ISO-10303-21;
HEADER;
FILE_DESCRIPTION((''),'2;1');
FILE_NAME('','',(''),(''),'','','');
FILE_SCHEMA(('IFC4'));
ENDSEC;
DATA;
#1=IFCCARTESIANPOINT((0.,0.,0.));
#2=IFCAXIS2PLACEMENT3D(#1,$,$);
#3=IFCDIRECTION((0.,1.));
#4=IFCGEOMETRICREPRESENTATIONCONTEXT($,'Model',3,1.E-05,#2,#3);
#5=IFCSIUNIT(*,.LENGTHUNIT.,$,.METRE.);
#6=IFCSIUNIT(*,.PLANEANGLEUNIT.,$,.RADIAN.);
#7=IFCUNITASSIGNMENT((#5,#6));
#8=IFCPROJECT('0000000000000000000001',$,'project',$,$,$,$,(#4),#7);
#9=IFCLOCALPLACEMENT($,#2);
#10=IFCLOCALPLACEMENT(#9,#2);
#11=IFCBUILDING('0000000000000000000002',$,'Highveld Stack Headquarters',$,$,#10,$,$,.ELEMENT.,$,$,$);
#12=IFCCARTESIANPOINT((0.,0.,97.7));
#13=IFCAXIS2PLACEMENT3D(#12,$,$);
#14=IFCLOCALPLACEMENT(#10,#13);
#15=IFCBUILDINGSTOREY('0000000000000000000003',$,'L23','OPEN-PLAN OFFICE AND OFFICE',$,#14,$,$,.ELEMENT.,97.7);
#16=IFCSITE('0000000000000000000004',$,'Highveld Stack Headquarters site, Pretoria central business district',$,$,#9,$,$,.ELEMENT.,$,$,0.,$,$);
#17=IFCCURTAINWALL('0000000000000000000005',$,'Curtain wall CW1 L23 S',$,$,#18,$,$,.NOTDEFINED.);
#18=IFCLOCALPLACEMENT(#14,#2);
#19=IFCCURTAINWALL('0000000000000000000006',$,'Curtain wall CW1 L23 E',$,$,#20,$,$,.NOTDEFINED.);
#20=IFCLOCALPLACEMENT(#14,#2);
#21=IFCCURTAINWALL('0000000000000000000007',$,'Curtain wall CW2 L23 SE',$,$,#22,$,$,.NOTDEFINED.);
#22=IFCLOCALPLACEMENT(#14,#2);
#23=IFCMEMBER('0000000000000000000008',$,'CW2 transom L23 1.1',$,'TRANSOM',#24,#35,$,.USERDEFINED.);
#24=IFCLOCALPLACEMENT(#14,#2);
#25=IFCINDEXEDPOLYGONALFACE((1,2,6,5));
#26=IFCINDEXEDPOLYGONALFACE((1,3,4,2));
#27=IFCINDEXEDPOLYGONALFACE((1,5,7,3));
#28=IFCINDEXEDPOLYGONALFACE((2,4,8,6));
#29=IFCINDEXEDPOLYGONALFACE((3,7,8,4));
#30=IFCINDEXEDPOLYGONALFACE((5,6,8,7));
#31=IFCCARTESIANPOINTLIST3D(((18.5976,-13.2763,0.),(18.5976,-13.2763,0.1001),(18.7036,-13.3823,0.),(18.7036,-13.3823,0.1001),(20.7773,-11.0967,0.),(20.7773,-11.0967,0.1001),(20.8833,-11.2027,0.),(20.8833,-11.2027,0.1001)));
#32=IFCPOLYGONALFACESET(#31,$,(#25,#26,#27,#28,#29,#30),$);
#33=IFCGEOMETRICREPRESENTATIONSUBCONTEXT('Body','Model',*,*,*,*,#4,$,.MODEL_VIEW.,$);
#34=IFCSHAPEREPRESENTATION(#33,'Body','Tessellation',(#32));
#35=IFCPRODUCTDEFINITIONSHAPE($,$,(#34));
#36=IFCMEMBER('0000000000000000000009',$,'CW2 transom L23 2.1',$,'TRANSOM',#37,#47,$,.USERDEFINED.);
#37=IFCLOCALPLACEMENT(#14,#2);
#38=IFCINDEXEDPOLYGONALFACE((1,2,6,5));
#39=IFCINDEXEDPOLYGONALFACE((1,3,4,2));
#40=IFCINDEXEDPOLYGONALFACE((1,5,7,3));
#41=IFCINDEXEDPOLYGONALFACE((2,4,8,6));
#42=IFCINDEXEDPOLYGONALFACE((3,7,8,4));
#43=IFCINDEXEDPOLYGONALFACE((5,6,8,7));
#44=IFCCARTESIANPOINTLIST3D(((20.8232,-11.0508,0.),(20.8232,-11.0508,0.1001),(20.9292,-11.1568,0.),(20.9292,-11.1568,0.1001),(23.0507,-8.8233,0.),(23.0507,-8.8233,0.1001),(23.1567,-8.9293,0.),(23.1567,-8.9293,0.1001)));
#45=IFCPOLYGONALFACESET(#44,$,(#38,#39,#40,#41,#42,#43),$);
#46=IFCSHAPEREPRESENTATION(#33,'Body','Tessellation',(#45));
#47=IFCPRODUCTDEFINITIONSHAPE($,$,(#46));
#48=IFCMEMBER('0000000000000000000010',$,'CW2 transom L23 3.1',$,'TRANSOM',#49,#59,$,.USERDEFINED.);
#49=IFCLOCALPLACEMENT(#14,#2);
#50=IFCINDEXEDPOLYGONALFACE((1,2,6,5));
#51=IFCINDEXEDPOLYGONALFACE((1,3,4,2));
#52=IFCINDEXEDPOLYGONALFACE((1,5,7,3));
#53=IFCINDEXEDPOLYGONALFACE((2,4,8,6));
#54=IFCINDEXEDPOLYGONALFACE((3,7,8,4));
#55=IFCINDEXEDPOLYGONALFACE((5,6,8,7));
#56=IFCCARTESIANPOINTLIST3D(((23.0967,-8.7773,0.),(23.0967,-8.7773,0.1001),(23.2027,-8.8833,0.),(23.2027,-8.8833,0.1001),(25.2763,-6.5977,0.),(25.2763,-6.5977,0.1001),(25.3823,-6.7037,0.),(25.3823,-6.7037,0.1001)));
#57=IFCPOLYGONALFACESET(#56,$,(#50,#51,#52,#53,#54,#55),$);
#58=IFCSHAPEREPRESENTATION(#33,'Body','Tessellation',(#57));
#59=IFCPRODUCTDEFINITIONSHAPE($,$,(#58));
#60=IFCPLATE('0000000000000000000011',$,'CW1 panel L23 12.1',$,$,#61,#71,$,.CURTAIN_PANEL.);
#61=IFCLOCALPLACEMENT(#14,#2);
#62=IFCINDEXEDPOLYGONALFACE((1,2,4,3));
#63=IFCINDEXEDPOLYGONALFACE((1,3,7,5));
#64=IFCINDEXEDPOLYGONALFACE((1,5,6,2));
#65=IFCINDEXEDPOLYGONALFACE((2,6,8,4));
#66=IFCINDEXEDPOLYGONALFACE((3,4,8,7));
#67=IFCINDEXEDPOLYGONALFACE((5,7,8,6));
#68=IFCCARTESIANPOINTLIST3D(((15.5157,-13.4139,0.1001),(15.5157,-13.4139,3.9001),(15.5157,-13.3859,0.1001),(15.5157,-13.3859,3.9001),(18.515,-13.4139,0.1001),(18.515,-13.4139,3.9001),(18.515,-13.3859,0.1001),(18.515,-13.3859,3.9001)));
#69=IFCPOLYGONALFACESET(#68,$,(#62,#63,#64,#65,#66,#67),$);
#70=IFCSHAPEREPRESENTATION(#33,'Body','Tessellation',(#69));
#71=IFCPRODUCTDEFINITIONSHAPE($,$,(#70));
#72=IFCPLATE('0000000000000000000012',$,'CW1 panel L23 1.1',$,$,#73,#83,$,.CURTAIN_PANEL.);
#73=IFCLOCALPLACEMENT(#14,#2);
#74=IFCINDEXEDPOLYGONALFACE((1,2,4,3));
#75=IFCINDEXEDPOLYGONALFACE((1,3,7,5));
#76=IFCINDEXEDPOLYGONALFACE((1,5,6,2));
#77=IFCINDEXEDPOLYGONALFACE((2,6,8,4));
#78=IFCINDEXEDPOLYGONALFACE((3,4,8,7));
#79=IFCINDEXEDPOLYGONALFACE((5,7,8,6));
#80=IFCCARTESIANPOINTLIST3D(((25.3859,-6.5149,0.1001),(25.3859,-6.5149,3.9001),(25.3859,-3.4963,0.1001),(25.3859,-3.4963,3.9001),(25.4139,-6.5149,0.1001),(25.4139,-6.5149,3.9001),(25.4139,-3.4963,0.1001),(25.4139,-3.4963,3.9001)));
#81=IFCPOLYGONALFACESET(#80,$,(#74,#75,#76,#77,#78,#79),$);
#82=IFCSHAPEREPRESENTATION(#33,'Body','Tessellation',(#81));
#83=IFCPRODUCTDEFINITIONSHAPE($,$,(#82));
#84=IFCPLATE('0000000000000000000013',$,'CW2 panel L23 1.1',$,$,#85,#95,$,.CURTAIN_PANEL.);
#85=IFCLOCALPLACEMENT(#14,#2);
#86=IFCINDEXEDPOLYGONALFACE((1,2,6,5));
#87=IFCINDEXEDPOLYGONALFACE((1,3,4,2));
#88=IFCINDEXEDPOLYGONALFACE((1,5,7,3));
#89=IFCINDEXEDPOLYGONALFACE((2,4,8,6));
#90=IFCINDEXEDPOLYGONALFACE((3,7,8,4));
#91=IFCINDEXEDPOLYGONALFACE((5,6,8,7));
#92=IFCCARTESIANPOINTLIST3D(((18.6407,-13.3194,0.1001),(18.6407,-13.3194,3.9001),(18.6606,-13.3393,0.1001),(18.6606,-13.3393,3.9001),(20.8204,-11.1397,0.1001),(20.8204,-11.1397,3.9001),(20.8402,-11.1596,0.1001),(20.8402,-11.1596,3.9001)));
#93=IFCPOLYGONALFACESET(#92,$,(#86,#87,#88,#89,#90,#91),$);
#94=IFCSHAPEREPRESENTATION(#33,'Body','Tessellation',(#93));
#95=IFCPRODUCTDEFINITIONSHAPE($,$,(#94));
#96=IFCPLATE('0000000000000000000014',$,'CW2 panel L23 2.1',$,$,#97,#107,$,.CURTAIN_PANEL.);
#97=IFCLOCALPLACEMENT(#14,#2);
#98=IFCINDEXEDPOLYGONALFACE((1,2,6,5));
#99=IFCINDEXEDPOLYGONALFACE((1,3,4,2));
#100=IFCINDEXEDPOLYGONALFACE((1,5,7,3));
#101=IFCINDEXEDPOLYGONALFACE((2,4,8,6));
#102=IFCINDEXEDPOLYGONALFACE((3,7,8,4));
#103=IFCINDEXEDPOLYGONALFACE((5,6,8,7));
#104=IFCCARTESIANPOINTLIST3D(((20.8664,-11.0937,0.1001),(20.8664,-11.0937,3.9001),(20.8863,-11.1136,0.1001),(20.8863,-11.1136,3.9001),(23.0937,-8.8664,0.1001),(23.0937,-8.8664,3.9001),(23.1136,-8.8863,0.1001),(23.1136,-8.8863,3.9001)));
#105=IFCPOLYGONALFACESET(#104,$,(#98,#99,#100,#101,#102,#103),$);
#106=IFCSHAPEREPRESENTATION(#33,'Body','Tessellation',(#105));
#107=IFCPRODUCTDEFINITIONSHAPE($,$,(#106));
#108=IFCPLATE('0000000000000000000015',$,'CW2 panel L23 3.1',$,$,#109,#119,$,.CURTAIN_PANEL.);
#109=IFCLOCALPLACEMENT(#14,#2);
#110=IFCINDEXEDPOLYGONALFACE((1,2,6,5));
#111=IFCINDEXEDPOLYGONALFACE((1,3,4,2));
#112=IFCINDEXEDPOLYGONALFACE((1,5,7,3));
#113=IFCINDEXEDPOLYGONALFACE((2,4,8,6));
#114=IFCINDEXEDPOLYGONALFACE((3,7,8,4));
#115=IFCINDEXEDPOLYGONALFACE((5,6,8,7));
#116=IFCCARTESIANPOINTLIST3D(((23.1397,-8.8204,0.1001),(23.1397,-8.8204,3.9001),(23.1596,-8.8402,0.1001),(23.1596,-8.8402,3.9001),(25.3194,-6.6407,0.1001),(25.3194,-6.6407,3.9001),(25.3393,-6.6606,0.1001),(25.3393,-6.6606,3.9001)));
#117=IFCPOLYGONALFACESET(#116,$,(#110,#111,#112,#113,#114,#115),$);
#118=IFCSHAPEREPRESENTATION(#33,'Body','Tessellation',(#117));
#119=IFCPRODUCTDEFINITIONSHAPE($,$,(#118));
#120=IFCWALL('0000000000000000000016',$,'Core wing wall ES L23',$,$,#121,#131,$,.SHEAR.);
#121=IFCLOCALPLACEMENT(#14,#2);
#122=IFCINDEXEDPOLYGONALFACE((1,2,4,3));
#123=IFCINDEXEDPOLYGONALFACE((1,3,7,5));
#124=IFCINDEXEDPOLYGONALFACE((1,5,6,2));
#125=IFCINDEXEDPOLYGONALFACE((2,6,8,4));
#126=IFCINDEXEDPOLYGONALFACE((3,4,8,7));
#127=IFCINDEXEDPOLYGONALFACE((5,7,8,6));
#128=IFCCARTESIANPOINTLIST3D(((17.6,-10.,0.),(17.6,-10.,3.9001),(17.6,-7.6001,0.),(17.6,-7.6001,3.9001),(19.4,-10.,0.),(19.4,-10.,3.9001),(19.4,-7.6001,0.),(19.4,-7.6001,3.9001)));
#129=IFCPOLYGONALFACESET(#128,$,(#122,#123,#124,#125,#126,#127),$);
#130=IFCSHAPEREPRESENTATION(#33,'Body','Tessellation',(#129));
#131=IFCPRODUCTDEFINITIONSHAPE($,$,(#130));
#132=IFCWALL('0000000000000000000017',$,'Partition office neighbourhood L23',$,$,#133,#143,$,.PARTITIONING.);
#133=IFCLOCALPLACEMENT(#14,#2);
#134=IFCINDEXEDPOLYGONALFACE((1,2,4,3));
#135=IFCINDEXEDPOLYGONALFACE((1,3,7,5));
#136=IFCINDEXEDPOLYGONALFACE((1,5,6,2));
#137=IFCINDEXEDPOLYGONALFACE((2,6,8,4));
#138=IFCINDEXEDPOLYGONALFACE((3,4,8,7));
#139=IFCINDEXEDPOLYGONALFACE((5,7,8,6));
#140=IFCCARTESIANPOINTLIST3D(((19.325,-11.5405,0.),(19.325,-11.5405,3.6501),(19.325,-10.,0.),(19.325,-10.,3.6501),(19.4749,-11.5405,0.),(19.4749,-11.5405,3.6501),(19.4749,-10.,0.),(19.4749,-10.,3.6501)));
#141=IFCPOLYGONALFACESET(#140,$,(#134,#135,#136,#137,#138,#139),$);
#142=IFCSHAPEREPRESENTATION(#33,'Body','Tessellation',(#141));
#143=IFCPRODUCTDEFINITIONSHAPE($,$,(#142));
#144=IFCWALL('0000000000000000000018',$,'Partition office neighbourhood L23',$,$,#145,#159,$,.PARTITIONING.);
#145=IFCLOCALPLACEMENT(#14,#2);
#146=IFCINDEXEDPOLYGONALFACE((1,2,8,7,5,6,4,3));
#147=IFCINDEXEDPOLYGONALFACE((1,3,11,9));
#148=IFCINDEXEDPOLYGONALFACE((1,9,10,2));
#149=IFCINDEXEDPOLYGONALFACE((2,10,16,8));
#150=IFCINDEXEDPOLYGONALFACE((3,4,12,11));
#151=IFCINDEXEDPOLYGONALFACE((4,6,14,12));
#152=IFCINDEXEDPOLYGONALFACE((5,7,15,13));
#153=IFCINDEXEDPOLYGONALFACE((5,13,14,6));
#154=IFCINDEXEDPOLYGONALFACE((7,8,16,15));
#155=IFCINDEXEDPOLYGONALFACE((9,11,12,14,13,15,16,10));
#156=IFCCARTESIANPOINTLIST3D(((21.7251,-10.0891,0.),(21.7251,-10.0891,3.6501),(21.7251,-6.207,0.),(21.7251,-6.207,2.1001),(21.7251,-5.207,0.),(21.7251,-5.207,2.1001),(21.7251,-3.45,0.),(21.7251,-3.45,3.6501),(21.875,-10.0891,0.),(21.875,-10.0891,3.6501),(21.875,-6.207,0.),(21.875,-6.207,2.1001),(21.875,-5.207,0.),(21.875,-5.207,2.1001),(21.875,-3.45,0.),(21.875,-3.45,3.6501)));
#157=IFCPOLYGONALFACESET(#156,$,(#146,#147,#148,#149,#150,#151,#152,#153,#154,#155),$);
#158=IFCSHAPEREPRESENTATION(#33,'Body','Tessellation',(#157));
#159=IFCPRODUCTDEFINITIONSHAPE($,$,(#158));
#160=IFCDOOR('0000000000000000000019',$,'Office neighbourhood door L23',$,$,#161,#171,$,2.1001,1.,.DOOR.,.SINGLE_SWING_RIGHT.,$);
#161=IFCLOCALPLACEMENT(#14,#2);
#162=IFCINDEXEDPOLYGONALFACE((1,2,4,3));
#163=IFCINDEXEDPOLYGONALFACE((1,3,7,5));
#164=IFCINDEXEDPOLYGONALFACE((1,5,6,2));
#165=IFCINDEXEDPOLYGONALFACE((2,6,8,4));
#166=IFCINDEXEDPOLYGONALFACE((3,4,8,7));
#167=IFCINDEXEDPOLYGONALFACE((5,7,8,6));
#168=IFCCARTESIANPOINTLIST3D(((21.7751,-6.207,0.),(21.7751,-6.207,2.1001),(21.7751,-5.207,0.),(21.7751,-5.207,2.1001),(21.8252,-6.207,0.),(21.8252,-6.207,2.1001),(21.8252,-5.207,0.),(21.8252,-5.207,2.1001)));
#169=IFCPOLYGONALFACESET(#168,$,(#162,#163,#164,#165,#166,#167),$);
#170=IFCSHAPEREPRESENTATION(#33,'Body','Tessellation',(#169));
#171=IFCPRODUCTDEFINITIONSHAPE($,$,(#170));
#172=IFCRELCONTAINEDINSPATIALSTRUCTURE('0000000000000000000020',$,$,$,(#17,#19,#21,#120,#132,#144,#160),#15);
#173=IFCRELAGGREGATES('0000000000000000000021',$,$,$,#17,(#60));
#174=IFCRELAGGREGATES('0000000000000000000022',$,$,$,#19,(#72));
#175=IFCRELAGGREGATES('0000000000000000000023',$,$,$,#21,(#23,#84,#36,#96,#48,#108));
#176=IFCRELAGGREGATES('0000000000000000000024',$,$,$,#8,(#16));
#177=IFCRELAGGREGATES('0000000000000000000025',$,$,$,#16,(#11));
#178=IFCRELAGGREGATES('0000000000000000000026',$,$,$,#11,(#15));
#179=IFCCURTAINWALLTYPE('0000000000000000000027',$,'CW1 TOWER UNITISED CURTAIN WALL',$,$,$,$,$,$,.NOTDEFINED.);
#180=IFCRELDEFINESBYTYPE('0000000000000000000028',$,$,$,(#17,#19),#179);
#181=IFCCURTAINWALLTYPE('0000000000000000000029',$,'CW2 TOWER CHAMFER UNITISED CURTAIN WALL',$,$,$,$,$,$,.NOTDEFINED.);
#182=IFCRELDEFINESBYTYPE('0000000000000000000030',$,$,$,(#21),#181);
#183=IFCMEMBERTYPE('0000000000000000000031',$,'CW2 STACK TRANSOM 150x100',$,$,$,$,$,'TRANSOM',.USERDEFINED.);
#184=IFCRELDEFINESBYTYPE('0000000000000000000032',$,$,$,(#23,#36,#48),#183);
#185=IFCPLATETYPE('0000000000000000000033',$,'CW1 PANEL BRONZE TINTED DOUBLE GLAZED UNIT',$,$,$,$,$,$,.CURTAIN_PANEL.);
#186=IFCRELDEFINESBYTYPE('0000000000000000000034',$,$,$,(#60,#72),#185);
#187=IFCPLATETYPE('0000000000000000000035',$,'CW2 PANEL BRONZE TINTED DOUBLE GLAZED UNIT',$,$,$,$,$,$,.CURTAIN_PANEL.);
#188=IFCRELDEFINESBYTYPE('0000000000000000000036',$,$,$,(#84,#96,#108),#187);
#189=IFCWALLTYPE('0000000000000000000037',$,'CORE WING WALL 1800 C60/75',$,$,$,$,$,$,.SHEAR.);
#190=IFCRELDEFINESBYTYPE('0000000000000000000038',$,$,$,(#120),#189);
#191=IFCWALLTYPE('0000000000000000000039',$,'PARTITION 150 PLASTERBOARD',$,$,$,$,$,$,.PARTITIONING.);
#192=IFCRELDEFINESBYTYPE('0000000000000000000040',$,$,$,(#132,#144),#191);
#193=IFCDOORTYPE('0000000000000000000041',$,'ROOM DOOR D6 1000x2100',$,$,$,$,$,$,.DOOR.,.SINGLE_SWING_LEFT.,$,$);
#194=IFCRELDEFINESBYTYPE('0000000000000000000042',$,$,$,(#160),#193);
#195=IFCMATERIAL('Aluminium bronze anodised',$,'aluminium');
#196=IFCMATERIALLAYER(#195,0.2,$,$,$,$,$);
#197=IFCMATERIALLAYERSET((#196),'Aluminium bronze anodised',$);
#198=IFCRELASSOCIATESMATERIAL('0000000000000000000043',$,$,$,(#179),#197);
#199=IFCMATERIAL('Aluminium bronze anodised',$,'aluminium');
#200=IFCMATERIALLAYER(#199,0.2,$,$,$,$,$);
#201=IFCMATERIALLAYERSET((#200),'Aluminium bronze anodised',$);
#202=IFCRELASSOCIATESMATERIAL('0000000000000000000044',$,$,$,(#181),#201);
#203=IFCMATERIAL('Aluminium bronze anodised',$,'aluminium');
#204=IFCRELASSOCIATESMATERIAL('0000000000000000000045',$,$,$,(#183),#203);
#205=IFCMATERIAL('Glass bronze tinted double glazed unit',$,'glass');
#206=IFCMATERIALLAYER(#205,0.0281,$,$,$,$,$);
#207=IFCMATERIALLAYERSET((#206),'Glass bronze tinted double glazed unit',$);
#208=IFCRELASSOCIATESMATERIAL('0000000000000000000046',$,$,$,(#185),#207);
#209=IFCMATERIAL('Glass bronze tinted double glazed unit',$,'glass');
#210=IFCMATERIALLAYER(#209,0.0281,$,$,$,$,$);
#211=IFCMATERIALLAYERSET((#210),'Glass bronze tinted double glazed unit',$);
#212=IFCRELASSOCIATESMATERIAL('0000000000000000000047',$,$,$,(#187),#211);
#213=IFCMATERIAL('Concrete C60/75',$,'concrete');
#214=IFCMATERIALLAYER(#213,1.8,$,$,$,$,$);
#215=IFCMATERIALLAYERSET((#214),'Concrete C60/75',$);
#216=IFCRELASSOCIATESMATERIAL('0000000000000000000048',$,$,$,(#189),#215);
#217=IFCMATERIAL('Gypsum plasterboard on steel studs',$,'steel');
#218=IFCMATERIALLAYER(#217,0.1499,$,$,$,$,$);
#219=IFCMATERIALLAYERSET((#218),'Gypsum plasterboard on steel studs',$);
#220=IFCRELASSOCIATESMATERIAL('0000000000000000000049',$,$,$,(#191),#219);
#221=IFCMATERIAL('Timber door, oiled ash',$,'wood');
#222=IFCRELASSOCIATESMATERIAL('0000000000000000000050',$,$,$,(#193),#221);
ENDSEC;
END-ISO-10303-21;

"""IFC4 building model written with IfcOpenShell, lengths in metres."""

from ifc_helpers import new_model, si_unit, direction, frame, frame_2d, origin, origin_2d, place, context, subcontext, project, spatial, rectangle, extrude, material, layer, layer_set, material_profile, profile_set, type_object, element, fill, aggregate, save


model = new_model("IFC4")

# Units and contexts
model_context = context("Model", 3, precision=1e-05, world=origin(), true_north=direction((0.0, 1.0)))
body_context = subcontext(model_context, "Body", "Model", "MODEL_VIEW")
ifc_project = project(units=[si_unit("LENGTHUNIT", "METRE"), si_unit("PLANEANGLEUNIT", "RADIAN")], contexts=[model_context])

# Site, building, storey
site_placement = place(None, origin())
site = spatial("IfcSite", under=ifc_project, at=site_placement, Name="Highveld Stack Headquarters site, Pretoria central business district", CompositionType="ELEMENT", RefElevation=0.0)
building_placement = place(site_placement, origin())
building = spatial("IfcBuilding", under=site, at=building_placement, Name="Highveld Stack Headquarters", CompositionType="ELEMENT")
storey_placement = place(building_placement, frame((0.0, 0.0, 97.7)))
storey = spatial("IfcBuildingStorey", under=building, at=storey_placement, Name="L23", Description="OPEN-PLAN OFFICE AND OFFICE", CompositionType="ELEMENT", Elevation=97.7)

# Curtain wall
ifc_material_1 = material(Name="Aluminium bronze anodised", Category="aluminium")
ifc_layer_1 = layer(ifc_material_1, 0.2)
ifc_layer_set_1 = layer_set([ifc_layer_1], Name="Aluminium bronze anodised")
curtain_wall_type_1 = type_object("IfcCurtainWallType", Name="CW1 TOWER UNITISED CURTAIN WALL", PredefinedType="NOTDEFINED", material=ifc_layer_set_1)
curtain_wall_1_placement = place(storey_placement, origin())
curtain_wall_1 = element("IfcCurtainWall", 1, at=curtain_wall_1_placement, inside=storey, type_object=curtain_wall_type_1, Name="Curtain wall CW1 L23 S", PredefinedType="NOTDEFINED")

# Curtain wall
curtain_wall_2_placement = place(storey_placement, origin())
curtain_wall_2 = element("IfcCurtainWall", 2, at=curtain_wall_2_placement, inside=storey, type_object=curtain_wall_type_1, Name="Curtain wall CW1 L23 E", PredefinedType="NOTDEFINED")

# Curtain wall, members
ifc_material_2 = material(Name="Aluminium bronze anodised", Category="aluminium")
ifc_layer_2 = layer(ifc_material_2, 0.2)
ifc_layer_set_2 = layer_set([ifc_layer_2], Name="Aluminium bronze anodised")
curtain_wall_type_2 = type_object("IfcCurtainWallType", Name="CW2 TOWER CHAMFER UNITISED CURTAIN WALL", PredefinedType="NOTDEFINED", material=ifc_layer_set_2)
curtain_wall_3_placement = place(storey_placement, origin())
curtain_wall_3 = element("IfcCurtainWall", 3, at=curtain_wall_3_placement, inside=storey, type_object=curtain_wall_type_2, Name="Curtain wall CW2 L23 SE", PredefinedType="NOTDEFINED")
ifc_material_3 = material(Name="Aluminium bronze anodised", Category="aluminium")
ifc_material_profile_1 = material_profile(ifc_material_3, rectangle(XDim=0.1499, YDim=0.1001, at=origin_2d()), Name="CW2 TRANSOM 150x100")
ifc_profile_set_1 = profile_set([ifc_material_profile_1], Name="Aluminium bronze anodised")
member_type_1 = type_object("IfcMemberType", Name="CW2 STACK TRANSOM 150x100", ElementType="TRANSOM", PredefinedType="USERDEFINED", material=ifc_profile_set_1)
member_1_placement = place(storey_placement, frame((18.6506, -13.3293, 0.05), z_axis=(0.707107, 0.707107, 0.0), x_axis=(-0.707107, 0.707107, 0.0)))
member_1 = element("IfcMember", 4, at=member_1_placement, type_object=member_type_1, Name="CW2 transom L23 1.1", ObjectType="TRANSOM", PredefinedType="USERDEFINED", context=body_context, shape_type="SweptSolid", body=[
    extrude(rectangle(XDim=0.1499, YDim=0.1001, at=origin_2d()), origin(), (0.0, 0.0, 1.0), 3.0825),
])
member_2_placement = place(storey_placement, frame((20.8762, -11.1038, 0.05), z_axis=(0.707107, 0.707107, 0.0), x_axis=(-0.707107, 0.707107, 0.0)))
member_2 = element("IfcMember", 5, at=member_2_placement, type_object=member_type_1, Name="CW2 transom L23 2.1", ObjectType="TRANSOM", PredefinedType="USERDEFINED", context=body_context, shape_type="SweptSolid", body=[
    extrude(rectangle(XDim=0.1499, YDim=0.1001, at=origin_2d()), origin(), (0.0, 0.0, 1.0), 3.1501),
])
member_3_placement = place(storey_placement, frame((23.1497, -8.8303, 0.05), z_axis=(0.707107, 0.707107, 0.0), x_axis=(-0.707107, 0.707107, 0.0)))
member_3 = element("IfcMember", 6, at=member_3_placement, type_object=member_type_1, Name="CW2 transom L23 3.1", ObjectType="TRANSOM", PredefinedType="USERDEFINED", context=body_context, shape_type="SweptSolid", body=[
    extrude(rectangle(XDim=0.1499, YDim=0.1001, at=origin_2d()), origin(), (0.0, 0.0, 1.0), 3.0825),
])

# Plates
ifc_material_4 = material(Name="Glass bronze tinted double glazed unit", Category="glass")
ifc_layer_3 = layer(ifc_material_4, 0.0281)
ifc_layer_set_3 = layer_set([ifc_layer_3], Name="Glass bronze tinted double glazed unit")
plate_type_1 = type_object("IfcPlateType", Name="CW1 PANEL BRONZE TINTED DOUBLE GLAZED UNIT", PredefinedType="CURTAIN_PANEL", material=ifc_layer_set_3)
plate_1_placement = place(storey_placement, frame((17.0154, -13.3999, 0.1001), z_axis=(0.0, 0.0, 1.0), x_axis=(1.0, 0.0, 0.0)))
plate_1 = element("IfcPlate", 7, at=plate_1_placement, type_object=plate_type_1, Name="CW1 panel L23 12.1", PredefinedType="CURTAIN_PANEL", context=body_context, shape_type="SweptSolid", body=[
    extrude(rectangle(XDim=2.9993, YDim=0.0281, at=origin_2d()), origin(), (0.0, 0.0, 1.0), 3.8),
])
aggregate(curtain_wall_1, [plate_1])
plate_2_placement = place(storey_placement, frame((25.3999, -5.0056, 0.1001), z_axis=(0.0, 0.0, 1.0), x_axis=(0.0, 1.0, 0.0)))
plate_2 = element("IfcPlate", 8, at=plate_2_placement, type_object=plate_type_1, Name="CW1 panel L23 1.1", PredefinedType="CURTAIN_PANEL", context=body_context, shape_type="SweptSolid", body=[
    extrude(rectangle(XDim=3.0186, YDim=0.0281, at=origin_2d()), origin(), (0.0, 0.0, 1.0), 3.8),
])
aggregate(curtain_wall_2, [plate_2])
ifc_material_5 = material(Name="Glass bronze tinted double glazed unit", Category="glass")
ifc_layer_4 = layer(ifc_material_5, 0.0281)
ifc_layer_set_4 = layer_set([ifc_layer_4], Name="Glass bronze tinted double glazed unit")
plate_type_2 = type_object("IfcPlateType", Name="CW2 PANEL BRONZE TINTED DOUBLE GLAZED UNIT", PredefinedType="CURTAIN_PANEL", material=ifc_layer_set_4)
plate_3_placement = place(storey_placement, frame((19.7405, -12.2395, 0.1001), z_axis=(0.0, 0.0, 1.0), x_axis=(0.707107, 0.707107, 0.0)))
plate_3 = element("IfcPlate", 9, at=plate_3_placement, type_object=plate_type_2, Name="CW2 panel L23 1.1", PredefinedType="CURTAIN_PANEL", context=body_context, shape_type="SweptSolid", body=[
    extrude(rectangle(XDim=3.0825, YDim=0.0281, at=origin_2d()), origin(), (0.0, 0.0, 1.0), 3.8),
])
plate_4_placement = place(storey_placement, frame((21.99, -9.99, 0.1001), z_axis=(0.0, 0.0, 1.0), x_axis=(0.707107, 0.707107, 0.0)))
plate_4 = element("IfcPlate", 10, at=plate_4_placement, type_object=plate_type_2, Name="CW2 panel L23 2.1", PredefinedType="CURTAIN_PANEL", context=body_context, shape_type="SweptSolid", body=[
    extrude(rectangle(XDim=3.1499, YDim=0.0281, at=origin_2d()), origin(), (0.0, 0.0, 1.0), 3.8),
])
plate_5_placement = place(storey_placement, frame((24.2395, -7.7405, 0.1001), z_axis=(0.0, 0.0, 1.0), x_axis=(0.707107, 0.707107, 0.0)))
plate_5 = element("IfcPlate", 11, at=plate_5_placement, type_object=plate_type_2, Name="CW2 panel L23 3.1", PredefinedType="CURTAIN_PANEL", context=body_context, shape_type="SweptSolid", body=[
    extrude(rectangle(XDim=3.0825, YDim=0.0281, at=origin_2d()), origin(), (0.0, 0.0, 1.0), 3.8),
])
aggregate(curtain_wall_3, [member_1, plate_3, member_2, plate_4, member_3, plate_5])

# Walls
ifc_material_6 = material(Name="Concrete C60/75", Category="concrete")
ifc_layer_5 = layer(ifc_material_6, 1.8)
ifc_layer_set_5 = layer_set([ifc_layer_5], Name="Concrete C60/75")
wall_type_1 = type_object("IfcWallType", Name="CORE WING WALL 1800 C60/75", PredefinedType="SHEAR", material=ifc_layer_set_5)
wall_1_placement = place(storey_placement, frame((18.5, -10.0, 0.0), z_axis=(0.0, 0.0, 1.0), x_axis=(0.0, 1.0, 0.0)))
element("IfcWall", 12, at=wall_1_placement, inside=storey, type_object=wall_type_1, Name="Core wing wall ES L23", PredefinedType="SHEAR", context=body_context, shape_type="SweptSolid", body=[
    extrude(rectangle(XDim=2.3999, YDim=1.8, at=frame_2d((1.2, 0.0))), origin(), (0.0, 0.0, 1.0), 3.9001),
])
ifc_material_7 = material(Name="Gypsum plasterboard on steel studs", Category="steel")
ifc_layer_6 = layer(ifc_material_7, 0.1499)
ifc_layer_set_6 = layer_set([ifc_layer_6], Name="Gypsum plasterboard on steel studs")
wall_type_2 = type_object("IfcWallType", Name="PARTITION 150 PLASTERBOARD", PredefinedType="PARTITIONING", material=ifc_layer_set_6)
wall_2_placement = place(storey_placement, frame((19.3999, -11.5405, 0.0), z_axis=(0.0, 0.0, 1.0), x_axis=(0.0, 1.0, 0.0)))
element("IfcWall", 13, at=wall_2_placement, inside=storey, type_object=wall_type_2, Name="Partition office neighbourhood L23", PredefinedType="PARTITIONING", context=body_context, shape_type="SweptSolid", body=[
    extrude(rectangle(XDim=1.5405, YDim=0.1499, at=frame_2d((0.7703, 0.0))), origin(), (0.0, 0.0, 1.0), 3.6501),
])

# Wall, opening, door
wall_3_placement = place(storey_placement, frame((21.8, -10.0891, 0.0), z_axis=(0.0, 0.0, 1.0), x_axis=(0.0, 1.0, 0.0)))
wall_3 = element("IfcWall", 14, at=wall_3_placement, inside=storey, type_object=wall_type_2, Name="Partition office neighbourhood L23", PredefinedType="PARTITIONING", context=body_context, shape_type="SweptSolid", body=[
    extrude(rectangle(XDim=6.6392, YDim=0.1499, at=frame_2d((3.3196, 0.0))), origin(), (0.0, 0.0, 1.0), 3.6501),
])
opening_1_placement = place(wall_3_placement, frame((3.8821, 0.0, 0.0)))
opening_1 = element("IfcOpeningElement", 15, at=opening_1_placement, cuts=wall_3, PredefinedType="OPENING", context=body_context, shape_type="SweptSolid", body=[
    extrude(rectangle(XDim=1.0, YDim=2.1001, at=frame_2d((0.5, 1.05))), frame((0.0, 0.085, 0.0), z_axis=(0.0, -1.0, 0.0), x_axis=(1.0, 0.0, 0.0)), (0.0, 0.0, 1.0), 0.1699),
])
ifc_material_8 = material(Name="Timber door, oiled ash", Category="wood")
door_type_1 = type_object("IfcDoorType", Name="ROOM DOOR D6 1000x2100", OperationType="SINGLE_SWING_LEFT", PredefinedType="DOOR", material=ifc_material_8)
door_1_placement = place(opening_1_placement, origin())
door_1 = element("IfcDoor", 16, at=door_1_placement, inside=storey, type_object=door_type_1, Name="Office neighbourhood door L23", OperationType="SINGLE_SWING_RIGHT", OverallHeight=2.1001, OverallWidth=1.0, PredefinedType="DOOR", context=body_context, shape_type="SweptSolid", body=[
    extrude(rectangle(XDim=1.0, YDim=2.1001, at=frame_2d((0.5, 1.05))), frame((0.0, 0.0249, 0.0), z_axis=(0.0, -1.0, 0.0), x_axis=(1.0, 0.0, 0.0)), (0.0, 0.0, 1.0), 0.05),
])
fill(opening_1, door_1)

save(model, "model.ifc")
